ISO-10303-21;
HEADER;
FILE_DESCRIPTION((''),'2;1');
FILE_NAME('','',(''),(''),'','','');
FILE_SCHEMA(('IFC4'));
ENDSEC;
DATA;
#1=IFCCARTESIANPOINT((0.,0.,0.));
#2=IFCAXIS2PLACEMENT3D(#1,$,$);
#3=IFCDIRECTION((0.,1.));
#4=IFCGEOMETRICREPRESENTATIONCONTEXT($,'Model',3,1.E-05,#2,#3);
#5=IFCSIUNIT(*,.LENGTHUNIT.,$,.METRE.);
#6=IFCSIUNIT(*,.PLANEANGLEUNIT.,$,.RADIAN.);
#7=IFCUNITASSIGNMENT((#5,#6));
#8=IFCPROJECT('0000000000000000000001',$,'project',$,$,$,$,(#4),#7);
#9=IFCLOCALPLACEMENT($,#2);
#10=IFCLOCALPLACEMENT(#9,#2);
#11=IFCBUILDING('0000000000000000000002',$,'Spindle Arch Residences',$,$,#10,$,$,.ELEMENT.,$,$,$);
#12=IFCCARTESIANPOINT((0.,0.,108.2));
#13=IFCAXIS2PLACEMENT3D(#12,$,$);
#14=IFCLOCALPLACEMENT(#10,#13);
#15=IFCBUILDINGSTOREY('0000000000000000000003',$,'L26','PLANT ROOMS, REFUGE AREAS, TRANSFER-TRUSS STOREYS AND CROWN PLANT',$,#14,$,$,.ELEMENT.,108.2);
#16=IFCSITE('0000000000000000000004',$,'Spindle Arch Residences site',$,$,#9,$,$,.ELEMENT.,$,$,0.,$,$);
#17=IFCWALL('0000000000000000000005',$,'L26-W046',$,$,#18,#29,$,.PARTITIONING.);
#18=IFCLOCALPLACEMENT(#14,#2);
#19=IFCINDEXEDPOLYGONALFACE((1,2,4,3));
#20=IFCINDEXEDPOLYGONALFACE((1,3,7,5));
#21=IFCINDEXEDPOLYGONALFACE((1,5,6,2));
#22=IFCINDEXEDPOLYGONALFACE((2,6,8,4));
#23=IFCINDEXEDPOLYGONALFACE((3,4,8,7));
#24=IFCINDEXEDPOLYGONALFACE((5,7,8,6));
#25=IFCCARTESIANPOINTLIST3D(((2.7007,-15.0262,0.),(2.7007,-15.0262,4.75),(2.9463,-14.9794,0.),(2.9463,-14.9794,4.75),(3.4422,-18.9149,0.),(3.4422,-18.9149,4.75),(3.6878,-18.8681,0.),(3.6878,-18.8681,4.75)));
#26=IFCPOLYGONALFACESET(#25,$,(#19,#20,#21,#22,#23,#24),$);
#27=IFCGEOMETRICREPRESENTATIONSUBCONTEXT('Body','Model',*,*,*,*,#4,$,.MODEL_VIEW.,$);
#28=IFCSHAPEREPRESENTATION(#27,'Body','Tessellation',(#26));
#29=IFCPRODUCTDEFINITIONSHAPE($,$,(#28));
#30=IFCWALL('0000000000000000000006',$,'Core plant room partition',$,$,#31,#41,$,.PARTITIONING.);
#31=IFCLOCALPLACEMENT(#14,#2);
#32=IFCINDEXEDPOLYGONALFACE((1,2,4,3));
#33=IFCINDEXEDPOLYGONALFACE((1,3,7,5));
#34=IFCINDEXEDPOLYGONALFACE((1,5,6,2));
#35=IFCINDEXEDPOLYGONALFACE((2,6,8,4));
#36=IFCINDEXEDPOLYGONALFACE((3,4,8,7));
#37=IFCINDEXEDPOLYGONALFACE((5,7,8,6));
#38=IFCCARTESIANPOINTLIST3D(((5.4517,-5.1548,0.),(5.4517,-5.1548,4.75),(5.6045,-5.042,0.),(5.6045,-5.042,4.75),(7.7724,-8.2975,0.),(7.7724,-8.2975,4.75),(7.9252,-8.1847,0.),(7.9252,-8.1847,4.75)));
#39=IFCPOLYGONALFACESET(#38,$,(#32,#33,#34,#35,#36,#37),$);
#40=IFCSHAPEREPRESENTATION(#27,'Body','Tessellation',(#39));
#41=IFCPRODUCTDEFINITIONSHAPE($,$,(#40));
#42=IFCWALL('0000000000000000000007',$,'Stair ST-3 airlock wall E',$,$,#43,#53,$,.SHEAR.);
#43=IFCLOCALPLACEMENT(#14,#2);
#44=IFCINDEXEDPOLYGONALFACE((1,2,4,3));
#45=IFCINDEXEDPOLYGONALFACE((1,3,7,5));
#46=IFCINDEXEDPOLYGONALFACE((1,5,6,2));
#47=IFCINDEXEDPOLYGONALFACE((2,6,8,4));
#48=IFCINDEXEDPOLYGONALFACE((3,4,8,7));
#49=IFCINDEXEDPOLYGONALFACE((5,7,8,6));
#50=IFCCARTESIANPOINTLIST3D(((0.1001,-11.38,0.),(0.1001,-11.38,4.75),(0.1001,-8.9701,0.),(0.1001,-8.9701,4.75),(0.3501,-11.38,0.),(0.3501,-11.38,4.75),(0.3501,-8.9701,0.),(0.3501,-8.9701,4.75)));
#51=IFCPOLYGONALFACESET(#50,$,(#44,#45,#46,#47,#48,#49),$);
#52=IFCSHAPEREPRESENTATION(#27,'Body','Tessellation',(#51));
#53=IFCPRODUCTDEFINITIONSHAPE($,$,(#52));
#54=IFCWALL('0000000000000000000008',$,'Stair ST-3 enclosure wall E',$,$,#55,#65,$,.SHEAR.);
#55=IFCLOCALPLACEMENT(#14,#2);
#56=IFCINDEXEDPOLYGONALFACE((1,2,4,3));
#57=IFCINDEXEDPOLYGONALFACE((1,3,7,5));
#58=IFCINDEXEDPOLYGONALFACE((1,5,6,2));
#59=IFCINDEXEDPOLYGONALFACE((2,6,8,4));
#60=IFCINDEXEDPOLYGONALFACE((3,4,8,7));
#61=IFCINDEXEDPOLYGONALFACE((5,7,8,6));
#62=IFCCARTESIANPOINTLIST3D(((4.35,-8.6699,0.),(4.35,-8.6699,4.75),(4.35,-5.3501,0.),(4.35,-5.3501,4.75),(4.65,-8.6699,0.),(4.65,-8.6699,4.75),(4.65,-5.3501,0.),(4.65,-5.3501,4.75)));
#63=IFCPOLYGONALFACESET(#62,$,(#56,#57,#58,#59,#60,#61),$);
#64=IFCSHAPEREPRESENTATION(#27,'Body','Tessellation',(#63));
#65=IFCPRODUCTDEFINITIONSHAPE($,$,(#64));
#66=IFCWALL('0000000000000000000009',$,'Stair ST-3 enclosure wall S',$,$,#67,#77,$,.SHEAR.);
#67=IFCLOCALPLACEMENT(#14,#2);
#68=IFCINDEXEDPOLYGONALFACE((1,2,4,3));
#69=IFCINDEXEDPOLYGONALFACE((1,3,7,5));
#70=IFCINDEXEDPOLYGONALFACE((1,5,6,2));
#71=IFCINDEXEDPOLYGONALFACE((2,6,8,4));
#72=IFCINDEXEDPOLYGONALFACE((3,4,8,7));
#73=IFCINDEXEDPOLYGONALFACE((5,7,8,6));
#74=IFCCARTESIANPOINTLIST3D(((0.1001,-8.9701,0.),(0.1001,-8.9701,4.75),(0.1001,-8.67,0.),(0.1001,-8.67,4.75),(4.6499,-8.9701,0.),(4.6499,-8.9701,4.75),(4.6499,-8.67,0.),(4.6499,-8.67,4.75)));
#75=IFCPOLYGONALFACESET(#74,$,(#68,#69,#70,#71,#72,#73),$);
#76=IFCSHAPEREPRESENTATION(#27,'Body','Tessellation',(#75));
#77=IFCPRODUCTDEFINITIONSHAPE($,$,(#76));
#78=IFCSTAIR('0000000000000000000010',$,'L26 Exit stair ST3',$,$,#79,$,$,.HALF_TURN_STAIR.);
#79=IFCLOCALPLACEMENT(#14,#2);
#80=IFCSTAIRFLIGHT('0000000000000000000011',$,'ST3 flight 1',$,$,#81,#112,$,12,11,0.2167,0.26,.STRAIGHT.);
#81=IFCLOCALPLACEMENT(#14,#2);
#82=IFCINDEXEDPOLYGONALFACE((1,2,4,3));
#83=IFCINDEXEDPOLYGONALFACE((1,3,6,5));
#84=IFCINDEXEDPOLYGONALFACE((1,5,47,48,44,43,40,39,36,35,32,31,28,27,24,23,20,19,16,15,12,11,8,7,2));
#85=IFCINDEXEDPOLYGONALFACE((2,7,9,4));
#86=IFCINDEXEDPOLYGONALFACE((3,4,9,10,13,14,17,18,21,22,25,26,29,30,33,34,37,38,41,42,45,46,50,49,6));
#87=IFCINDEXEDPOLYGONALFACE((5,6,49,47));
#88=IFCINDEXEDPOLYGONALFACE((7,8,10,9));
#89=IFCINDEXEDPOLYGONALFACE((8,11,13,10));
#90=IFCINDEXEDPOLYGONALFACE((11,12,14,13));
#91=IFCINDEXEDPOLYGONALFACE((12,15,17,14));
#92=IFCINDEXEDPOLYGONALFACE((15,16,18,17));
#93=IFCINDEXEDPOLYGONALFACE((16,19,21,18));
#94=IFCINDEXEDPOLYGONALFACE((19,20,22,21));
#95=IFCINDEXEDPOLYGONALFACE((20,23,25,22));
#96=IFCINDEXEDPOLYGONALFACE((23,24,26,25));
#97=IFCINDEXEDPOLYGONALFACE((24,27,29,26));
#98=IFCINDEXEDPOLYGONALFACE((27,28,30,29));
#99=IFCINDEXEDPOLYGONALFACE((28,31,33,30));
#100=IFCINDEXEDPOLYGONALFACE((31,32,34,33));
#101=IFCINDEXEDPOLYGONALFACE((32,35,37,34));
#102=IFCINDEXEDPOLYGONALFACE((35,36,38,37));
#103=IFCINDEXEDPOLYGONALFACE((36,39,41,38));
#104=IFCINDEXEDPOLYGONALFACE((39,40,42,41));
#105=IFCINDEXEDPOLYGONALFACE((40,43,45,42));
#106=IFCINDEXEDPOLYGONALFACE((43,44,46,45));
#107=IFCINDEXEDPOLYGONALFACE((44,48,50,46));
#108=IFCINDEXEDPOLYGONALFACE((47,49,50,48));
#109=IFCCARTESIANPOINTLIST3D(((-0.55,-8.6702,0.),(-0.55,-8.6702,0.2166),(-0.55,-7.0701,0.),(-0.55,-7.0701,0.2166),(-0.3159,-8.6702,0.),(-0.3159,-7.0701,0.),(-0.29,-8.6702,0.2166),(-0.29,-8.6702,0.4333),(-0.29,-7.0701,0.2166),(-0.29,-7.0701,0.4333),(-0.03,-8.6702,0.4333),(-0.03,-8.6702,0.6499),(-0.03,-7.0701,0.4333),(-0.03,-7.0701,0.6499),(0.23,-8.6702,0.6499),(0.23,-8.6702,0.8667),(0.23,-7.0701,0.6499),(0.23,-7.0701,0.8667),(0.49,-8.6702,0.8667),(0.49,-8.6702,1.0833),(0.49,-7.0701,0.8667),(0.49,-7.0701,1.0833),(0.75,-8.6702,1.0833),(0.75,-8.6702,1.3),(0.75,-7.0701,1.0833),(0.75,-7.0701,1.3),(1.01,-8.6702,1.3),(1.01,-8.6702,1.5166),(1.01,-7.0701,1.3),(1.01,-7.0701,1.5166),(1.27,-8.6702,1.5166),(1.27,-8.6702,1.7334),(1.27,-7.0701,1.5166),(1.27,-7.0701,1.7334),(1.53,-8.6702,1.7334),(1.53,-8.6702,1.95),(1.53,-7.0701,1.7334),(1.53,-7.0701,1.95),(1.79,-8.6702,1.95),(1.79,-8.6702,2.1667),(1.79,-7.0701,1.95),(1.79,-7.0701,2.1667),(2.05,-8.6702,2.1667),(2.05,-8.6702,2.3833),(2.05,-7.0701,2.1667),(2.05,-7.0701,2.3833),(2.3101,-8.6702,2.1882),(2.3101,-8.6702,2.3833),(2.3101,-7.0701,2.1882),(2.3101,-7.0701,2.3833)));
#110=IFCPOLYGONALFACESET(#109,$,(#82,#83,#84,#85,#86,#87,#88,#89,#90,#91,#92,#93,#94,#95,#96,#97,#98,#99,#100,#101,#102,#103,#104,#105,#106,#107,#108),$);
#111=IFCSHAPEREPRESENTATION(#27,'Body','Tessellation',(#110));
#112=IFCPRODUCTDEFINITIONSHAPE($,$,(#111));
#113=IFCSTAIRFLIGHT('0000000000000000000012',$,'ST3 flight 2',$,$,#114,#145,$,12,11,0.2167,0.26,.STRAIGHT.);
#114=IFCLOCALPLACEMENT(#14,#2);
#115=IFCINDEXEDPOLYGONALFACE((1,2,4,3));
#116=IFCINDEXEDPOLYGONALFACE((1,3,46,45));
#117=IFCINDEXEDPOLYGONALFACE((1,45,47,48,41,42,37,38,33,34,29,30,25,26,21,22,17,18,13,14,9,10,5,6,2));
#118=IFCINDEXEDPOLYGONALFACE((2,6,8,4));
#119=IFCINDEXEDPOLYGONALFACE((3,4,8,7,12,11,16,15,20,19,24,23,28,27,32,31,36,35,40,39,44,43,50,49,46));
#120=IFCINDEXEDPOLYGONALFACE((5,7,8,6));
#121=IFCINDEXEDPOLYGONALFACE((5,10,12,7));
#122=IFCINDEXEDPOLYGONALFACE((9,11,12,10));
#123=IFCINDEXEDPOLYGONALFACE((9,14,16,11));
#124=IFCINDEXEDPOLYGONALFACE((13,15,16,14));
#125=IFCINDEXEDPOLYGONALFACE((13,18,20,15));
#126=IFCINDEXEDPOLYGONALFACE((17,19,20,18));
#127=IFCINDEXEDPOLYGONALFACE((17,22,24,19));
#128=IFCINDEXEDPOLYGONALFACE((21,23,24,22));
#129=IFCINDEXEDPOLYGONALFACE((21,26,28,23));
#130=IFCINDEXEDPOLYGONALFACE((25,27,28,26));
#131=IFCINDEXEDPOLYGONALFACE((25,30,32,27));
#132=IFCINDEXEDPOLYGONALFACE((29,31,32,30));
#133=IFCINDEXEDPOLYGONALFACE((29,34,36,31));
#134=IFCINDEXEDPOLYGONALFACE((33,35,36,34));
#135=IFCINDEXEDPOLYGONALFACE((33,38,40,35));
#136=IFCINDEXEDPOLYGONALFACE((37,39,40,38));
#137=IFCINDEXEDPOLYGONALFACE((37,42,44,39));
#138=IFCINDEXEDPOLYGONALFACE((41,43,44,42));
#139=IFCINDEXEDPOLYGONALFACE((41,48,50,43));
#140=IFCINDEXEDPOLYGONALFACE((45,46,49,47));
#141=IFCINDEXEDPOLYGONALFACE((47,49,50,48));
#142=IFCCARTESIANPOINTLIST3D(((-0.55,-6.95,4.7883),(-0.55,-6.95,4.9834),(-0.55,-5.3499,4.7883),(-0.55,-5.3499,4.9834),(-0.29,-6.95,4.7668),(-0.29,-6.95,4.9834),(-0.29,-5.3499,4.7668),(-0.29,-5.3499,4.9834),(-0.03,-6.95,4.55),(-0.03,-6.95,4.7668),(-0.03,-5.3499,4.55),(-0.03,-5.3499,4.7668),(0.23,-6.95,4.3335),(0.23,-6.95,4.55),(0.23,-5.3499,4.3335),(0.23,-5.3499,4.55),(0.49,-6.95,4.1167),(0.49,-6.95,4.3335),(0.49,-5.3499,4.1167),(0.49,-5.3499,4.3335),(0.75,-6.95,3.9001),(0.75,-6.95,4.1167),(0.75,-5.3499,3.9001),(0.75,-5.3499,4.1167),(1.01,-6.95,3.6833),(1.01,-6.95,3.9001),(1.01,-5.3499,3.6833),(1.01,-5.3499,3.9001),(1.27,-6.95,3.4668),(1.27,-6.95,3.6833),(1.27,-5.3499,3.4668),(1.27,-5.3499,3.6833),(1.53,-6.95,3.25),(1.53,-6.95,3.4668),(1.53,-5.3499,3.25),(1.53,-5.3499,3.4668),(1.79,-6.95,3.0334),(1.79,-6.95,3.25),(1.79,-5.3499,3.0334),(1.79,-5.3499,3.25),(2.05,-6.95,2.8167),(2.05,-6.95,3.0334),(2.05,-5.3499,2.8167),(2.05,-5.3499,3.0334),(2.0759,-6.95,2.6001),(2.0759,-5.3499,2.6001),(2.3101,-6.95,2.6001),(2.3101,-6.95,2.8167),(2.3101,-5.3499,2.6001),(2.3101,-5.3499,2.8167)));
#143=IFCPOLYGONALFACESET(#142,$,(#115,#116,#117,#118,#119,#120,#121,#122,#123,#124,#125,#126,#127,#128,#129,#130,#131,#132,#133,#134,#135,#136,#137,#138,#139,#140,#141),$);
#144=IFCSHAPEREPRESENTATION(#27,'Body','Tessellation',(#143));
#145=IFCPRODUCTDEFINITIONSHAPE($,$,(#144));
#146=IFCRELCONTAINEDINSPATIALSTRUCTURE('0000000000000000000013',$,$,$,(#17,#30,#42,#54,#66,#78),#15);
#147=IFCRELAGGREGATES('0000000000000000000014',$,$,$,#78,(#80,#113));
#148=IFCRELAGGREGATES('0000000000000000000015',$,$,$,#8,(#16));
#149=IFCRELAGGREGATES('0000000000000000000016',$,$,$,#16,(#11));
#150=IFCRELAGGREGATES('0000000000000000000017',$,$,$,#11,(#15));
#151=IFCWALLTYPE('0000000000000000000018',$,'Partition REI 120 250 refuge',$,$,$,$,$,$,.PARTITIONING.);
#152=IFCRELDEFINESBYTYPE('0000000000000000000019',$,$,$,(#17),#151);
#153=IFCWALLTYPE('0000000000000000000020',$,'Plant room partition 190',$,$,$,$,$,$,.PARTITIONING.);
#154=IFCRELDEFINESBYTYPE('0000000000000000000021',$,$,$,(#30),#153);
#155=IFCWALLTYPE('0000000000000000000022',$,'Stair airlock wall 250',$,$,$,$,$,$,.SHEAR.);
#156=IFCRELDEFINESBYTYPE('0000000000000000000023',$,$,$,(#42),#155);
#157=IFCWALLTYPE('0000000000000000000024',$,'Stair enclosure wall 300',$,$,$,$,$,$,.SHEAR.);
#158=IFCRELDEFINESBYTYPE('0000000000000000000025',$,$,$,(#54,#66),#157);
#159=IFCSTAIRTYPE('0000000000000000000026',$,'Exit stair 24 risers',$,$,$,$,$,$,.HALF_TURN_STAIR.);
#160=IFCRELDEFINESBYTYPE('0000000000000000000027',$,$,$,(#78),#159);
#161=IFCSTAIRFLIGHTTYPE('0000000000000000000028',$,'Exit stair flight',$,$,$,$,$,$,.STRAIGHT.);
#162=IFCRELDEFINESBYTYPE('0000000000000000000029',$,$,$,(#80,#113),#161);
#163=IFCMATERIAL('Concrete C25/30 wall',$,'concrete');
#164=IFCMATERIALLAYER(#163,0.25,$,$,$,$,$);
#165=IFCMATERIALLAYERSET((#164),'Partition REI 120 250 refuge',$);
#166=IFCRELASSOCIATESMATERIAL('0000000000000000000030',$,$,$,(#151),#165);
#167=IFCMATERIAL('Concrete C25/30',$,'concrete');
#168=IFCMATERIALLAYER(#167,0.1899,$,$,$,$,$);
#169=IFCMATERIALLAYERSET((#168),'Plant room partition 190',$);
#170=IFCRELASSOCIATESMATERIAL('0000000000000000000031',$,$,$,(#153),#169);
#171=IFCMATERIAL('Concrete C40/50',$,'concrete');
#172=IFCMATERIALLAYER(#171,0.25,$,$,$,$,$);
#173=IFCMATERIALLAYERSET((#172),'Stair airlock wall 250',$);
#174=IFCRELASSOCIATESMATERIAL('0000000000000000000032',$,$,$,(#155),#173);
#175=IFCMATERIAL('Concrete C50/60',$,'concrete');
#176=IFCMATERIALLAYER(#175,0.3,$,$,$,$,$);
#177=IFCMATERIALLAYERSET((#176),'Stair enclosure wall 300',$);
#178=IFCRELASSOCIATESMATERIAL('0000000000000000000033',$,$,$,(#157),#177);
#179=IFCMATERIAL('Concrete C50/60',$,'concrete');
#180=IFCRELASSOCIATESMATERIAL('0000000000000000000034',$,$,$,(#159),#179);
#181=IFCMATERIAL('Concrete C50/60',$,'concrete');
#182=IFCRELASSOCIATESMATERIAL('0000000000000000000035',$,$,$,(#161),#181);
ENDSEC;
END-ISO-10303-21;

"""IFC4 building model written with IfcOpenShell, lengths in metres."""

from ifc_helpers import new_model, si_unit, direction, frame, frame_2d, origin, place, context, subcontext, project, spatial, polyline, rectangle, outline, extrude, material, layer, layer_set, type_object, element, aggregate, save


model = new_model("IFC4")

# Units and contexts
model_context = context("Model", 3, precision=1e-05, world=origin(), true_north=direction((0.0, 1.0)))
body_context = subcontext(model_context, "Body", "Model", "MODEL_VIEW")
ifc_project = project(units=[si_unit("LENGTHUNIT", "METRE"), si_unit("PLANEANGLEUNIT", "RADIAN")], contexts=[model_context])

# Site, building, storey
site_placement = place(None, origin())
site = spatial("IfcSite", under=ifc_project, at=site_placement, Name="Spindle Arch Residences site", CompositionType="ELEMENT", RefElevation=0.0)
building_placement = place(site_placement, origin())
building = spatial("IfcBuilding", under=site, at=building_placement, Name="Spindle Arch Residences", CompositionType="ELEMENT")
storey_placement = place(building_placement, frame((0.0, 0.0, 108.2)))
storey = spatial("IfcBuildingStorey", under=building, at=storey_placement, Name="L26", Description="PLANT ROOMS, REFUGE AREAS, TRANSFER-TRUSS STOREYS AND CROWN PLANT", CompositionType="ELEMENT", Elevation=108.2)

# Walls
ifc_material_1 = material(Name="Concrete C25/30 wall", Category="concrete")
ifc_layer_1 = layer(ifc_material_1, 0.25)
ifc_layer_set_1 = layer_set([ifc_layer_1], Name="Partition REI 120 250 refuge")
wall_type_1 = type_object("IfcWallType", Name="Partition REI 120 250 refuge", PredefinedType="PARTITIONING", material=ifc_layer_set_1)
wall_1_placement = place(storey_placement, frame((2.8235, -15.0027, 0.0), z_axis=(0.0, 0.0, 1.0), x_axis=(0.187296, -0.982303, 0.0)))
element("IfcWall", 1, at=wall_1_placement, inside=storey, type_object=wall_type_1, Name="L26-W046", PredefinedType="PARTITIONING", context=body_context, shape_type="SweptSolid", body=[
    extrude(rectangle(XDim=3.9587, YDim=0.25, at=frame_2d((1.9795, 0.0))), origin(), (0.0, 0.0, 1.0), 4.75),
])
ifc_material_2 = material(Name="Concrete C25/30", Category="concrete")
ifc_layer_2 = layer(ifc_material_2, 0.1899)
ifc_layer_set_2 = layer_set([ifc_layer_2], Name="Plant room partition 190")
wall_type_2 = type_object("IfcWallType", Name="Plant room partition 190", PredefinedType="PARTITIONING", material=ifc_layer_set_2)
wall_2_placement = place(storey_placement, frame((5.5281, -5.0984, 0.0), z_axis=(0.0, 0.0, 1.0), x_axis=(0.594034, -0.80444, 0.0)))
element("IfcWall", 2, at=wall_2_placement, inside=storey, type_object=wall_type_2, Name="Core plant room partition", PredefinedType="PARTITIONING", context=body_context, shape_type="SweptSolid", body=[
    extrude(rectangle(XDim=3.9067, YDim=0.1899, at=frame_2d((1.9534, 0.0))), origin(), (0.0, 0.0, 1.0), 4.75),
])
ifc_material_3 = material(Name="Concrete C40/50", Category="concrete")
ifc_layer_3 = layer(ifc_material_3, 0.25)
ifc_layer_set_3 = layer_set([ifc_layer_3], Name="Stair airlock wall 250")
wall_type_3 = type_object("IfcWallType", Name="Stair airlock wall 250", PredefinedType="SHEAR", material=ifc_layer_set_3)
wall_3_placement = place(storey_placement, frame((0.2251, -8.97, 0.0), z_axis=(0.0, 0.0, 1.0), x_axis=(0.0, -1.0, 0.0)))
element("IfcWall", 3, at=wall_3_placement, inside=storey, type_object=wall_type_3, Name="Stair ST-3 airlock wall E", PredefinedType="SHEAR", context=body_context, shape_type="SweptSolid", body=[
    extrude(rectangle(XDim=2.4099, YDim=0.25, at=frame_2d((1.2051, 0.0))), origin(), (0.0, 0.0, 1.0), 4.75),
])
ifc_material_4 = material(Name="Concrete C50/60", Category="concrete")
ifc_layer_4 = layer(ifc_material_4, 0.3)
ifc_layer_set_4 = layer_set([ifc_layer_4], Name="Stair enclosure wall 300")
wall_type_4 = type_object("IfcWallType", Name="Stair enclosure wall 300", PredefinedType="SHEAR", material=ifc_layer_set_4)
wall_4_placement = place(storey_placement, frame((4.5, -8.6699, 0.0), z_axis=(0.0, 0.0, 1.0), x_axis=(0.0, 1.0, 0.0)))
element("IfcWall", 4, at=wall_4_placement, inside=storey, type_object=wall_type_4, Name="Stair ST-3 enclosure wall E", PredefinedType="SHEAR", context=body_context, shape_type="SweptSolid", body=[
    extrude(rectangle(XDim=3.3198, YDim=0.3, at=frame_2d((1.6599, 0.0))), origin(), (0.0, 0.0, 1.0), 4.75),
])
wall_5_placement = place(storey_placement, frame((0.1001, -8.8201, 0.0), z_axis=(0.0, 0.0, 1.0), x_axis=(1.0, 0.0, 0.0)))
element("IfcWall", 5, at=wall_5_placement, inside=storey, type_object=wall_type_4, Name="Stair ST-3 enclosure wall S", PredefinedType="SHEAR", context=body_context, shape_type="SweptSolid", body=[
    extrude(rectangle(XDim=4.5498, YDim=0.3, at=frame_2d((2.2749, 0.0))), origin(), (0.0, 0.0, 1.0), 4.75),
])

# Stair, stair flights
ifc_material_5 = material(Name="Concrete C50/60", Category="concrete")
stair_type = type_object("IfcStairType", Name="Exit stair 24 risers", PredefinedType="HALF_TURN_STAIR", material=ifc_material_5)
stair_placement = place(storey_placement, origin())
stair = element("IfcStair", 6, at=stair_placement, inside=storey, type_object=stair_type, Name="L26 Exit stair ST3", PredefinedType="HALF_TURN_STAIR")
ifc_material_6 = material(Name="Concrete C50/60", Category="concrete")
stair_flight_type = type_object("IfcStairFlightType", Name="Exit stair flight", PredefinedType="STRAIGHT", material=ifc_material_6)
stair_flight_1_placement = place(storey_placement, frame((-0.55, -7.8701, 0.0), z_axis=(0.0, 0.0, 1.0), x_axis=(1.0, 0.0, 0.0)))
stair_flight_1 = element("IfcStairFlight", 7, at=stair_flight_1_placement, type_object=stair_flight_type, Name="ST3 flight 1", NumberOfRisers=12, NumberOfTreads=11, PredefinedType="STRAIGHT", RiserHeight=0.2167, TreadLength=0.26, context=body_context, shape_type="SweptSolid", body=[
    extrude(outline(polyline([(0.0, 0.0), (0.0, 0.2166), (0.26, 0.2166), (0.26, 0.4333), (0.52, 0.4333), (0.52, 0.6499), (0.78, 0.6499), (0.78, 0.8667), (1.04, 0.8667), (1.04, 1.0833), (1.3, 1.0833), (1.3, 1.3), (1.5601, 1.3), (1.5601, 1.5166), (1.8201, 1.5166), (1.8201, 1.7334), (2.0801, 1.7334), (2.0801, 1.95), (2.3401, 1.95), (2.3401, 2.1667), (2.6001, 2.1667), (2.6001, 2.3833), (2.8601, 2.3833), (2.8601, 2.6001), (2.8601, 2.1882), (0.2341, 0.0), (0.0, 0.0)])), frame((0.0, 0.8, 0.0), z_axis=(0.0, -1.0, 0.0), x_axis=(1.0, 0.0, 0.0)), (0.0, 0.0, 1.0), 1.6001),
])
stair_flight_2_placement = place(storey_placement, frame((2.3101, -6.1499, 2.6001), z_axis=(0.0, 0.0, 1.0), x_axis=(-1.0, 0.0, 0.0)))
stair_flight_2 = element("IfcStairFlight", 8, at=stair_flight_2_placement, type_object=stair_flight_type, Name="ST3 flight 2", NumberOfRisers=12, NumberOfTreads=11, PredefinedType="STRAIGHT", RiserHeight=0.2167, TreadLength=0.26, context=body_context, shape_type="SweptSolid", body=[
    extrude(outline(polyline([(0.0, 0.0), (0.0, 0.2166), (0.26, 0.2166), (0.26, 0.4333), (0.52, 0.4333), (0.52, 0.6499), (0.78, 0.6499), (0.78, 0.8667), (1.04, 0.8667), (1.04, 1.0833), (1.3, 1.0833), (1.3, 1.3), (1.5601, 1.3), (1.5601, 1.5166), (1.8201, 1.5166), (1.8201, 1.7334), (2.0801, 1.7334), (2.0801, 1.95), (2.3401, 1.95), (2.3401, 2.1667), (2.6001, 2.1667), (2.6001, 2.3833), (2.8601, 2.3833), (2.8601, 2.6001), (2.8601, 2.1882), (0.2341, 0.0), (0.0, 0.0)])), frame((0.0, 0.8, 0.0), z_axis=(0.0, -1.0, 0.0), x_axis=(1.0, 0.0, 0.0)), (0.0, 0.0, 1.0), 1.6001),
])
aggregate(stair, [stair_flight_1, stair_flight_2])

save(model, "model.ifc")
